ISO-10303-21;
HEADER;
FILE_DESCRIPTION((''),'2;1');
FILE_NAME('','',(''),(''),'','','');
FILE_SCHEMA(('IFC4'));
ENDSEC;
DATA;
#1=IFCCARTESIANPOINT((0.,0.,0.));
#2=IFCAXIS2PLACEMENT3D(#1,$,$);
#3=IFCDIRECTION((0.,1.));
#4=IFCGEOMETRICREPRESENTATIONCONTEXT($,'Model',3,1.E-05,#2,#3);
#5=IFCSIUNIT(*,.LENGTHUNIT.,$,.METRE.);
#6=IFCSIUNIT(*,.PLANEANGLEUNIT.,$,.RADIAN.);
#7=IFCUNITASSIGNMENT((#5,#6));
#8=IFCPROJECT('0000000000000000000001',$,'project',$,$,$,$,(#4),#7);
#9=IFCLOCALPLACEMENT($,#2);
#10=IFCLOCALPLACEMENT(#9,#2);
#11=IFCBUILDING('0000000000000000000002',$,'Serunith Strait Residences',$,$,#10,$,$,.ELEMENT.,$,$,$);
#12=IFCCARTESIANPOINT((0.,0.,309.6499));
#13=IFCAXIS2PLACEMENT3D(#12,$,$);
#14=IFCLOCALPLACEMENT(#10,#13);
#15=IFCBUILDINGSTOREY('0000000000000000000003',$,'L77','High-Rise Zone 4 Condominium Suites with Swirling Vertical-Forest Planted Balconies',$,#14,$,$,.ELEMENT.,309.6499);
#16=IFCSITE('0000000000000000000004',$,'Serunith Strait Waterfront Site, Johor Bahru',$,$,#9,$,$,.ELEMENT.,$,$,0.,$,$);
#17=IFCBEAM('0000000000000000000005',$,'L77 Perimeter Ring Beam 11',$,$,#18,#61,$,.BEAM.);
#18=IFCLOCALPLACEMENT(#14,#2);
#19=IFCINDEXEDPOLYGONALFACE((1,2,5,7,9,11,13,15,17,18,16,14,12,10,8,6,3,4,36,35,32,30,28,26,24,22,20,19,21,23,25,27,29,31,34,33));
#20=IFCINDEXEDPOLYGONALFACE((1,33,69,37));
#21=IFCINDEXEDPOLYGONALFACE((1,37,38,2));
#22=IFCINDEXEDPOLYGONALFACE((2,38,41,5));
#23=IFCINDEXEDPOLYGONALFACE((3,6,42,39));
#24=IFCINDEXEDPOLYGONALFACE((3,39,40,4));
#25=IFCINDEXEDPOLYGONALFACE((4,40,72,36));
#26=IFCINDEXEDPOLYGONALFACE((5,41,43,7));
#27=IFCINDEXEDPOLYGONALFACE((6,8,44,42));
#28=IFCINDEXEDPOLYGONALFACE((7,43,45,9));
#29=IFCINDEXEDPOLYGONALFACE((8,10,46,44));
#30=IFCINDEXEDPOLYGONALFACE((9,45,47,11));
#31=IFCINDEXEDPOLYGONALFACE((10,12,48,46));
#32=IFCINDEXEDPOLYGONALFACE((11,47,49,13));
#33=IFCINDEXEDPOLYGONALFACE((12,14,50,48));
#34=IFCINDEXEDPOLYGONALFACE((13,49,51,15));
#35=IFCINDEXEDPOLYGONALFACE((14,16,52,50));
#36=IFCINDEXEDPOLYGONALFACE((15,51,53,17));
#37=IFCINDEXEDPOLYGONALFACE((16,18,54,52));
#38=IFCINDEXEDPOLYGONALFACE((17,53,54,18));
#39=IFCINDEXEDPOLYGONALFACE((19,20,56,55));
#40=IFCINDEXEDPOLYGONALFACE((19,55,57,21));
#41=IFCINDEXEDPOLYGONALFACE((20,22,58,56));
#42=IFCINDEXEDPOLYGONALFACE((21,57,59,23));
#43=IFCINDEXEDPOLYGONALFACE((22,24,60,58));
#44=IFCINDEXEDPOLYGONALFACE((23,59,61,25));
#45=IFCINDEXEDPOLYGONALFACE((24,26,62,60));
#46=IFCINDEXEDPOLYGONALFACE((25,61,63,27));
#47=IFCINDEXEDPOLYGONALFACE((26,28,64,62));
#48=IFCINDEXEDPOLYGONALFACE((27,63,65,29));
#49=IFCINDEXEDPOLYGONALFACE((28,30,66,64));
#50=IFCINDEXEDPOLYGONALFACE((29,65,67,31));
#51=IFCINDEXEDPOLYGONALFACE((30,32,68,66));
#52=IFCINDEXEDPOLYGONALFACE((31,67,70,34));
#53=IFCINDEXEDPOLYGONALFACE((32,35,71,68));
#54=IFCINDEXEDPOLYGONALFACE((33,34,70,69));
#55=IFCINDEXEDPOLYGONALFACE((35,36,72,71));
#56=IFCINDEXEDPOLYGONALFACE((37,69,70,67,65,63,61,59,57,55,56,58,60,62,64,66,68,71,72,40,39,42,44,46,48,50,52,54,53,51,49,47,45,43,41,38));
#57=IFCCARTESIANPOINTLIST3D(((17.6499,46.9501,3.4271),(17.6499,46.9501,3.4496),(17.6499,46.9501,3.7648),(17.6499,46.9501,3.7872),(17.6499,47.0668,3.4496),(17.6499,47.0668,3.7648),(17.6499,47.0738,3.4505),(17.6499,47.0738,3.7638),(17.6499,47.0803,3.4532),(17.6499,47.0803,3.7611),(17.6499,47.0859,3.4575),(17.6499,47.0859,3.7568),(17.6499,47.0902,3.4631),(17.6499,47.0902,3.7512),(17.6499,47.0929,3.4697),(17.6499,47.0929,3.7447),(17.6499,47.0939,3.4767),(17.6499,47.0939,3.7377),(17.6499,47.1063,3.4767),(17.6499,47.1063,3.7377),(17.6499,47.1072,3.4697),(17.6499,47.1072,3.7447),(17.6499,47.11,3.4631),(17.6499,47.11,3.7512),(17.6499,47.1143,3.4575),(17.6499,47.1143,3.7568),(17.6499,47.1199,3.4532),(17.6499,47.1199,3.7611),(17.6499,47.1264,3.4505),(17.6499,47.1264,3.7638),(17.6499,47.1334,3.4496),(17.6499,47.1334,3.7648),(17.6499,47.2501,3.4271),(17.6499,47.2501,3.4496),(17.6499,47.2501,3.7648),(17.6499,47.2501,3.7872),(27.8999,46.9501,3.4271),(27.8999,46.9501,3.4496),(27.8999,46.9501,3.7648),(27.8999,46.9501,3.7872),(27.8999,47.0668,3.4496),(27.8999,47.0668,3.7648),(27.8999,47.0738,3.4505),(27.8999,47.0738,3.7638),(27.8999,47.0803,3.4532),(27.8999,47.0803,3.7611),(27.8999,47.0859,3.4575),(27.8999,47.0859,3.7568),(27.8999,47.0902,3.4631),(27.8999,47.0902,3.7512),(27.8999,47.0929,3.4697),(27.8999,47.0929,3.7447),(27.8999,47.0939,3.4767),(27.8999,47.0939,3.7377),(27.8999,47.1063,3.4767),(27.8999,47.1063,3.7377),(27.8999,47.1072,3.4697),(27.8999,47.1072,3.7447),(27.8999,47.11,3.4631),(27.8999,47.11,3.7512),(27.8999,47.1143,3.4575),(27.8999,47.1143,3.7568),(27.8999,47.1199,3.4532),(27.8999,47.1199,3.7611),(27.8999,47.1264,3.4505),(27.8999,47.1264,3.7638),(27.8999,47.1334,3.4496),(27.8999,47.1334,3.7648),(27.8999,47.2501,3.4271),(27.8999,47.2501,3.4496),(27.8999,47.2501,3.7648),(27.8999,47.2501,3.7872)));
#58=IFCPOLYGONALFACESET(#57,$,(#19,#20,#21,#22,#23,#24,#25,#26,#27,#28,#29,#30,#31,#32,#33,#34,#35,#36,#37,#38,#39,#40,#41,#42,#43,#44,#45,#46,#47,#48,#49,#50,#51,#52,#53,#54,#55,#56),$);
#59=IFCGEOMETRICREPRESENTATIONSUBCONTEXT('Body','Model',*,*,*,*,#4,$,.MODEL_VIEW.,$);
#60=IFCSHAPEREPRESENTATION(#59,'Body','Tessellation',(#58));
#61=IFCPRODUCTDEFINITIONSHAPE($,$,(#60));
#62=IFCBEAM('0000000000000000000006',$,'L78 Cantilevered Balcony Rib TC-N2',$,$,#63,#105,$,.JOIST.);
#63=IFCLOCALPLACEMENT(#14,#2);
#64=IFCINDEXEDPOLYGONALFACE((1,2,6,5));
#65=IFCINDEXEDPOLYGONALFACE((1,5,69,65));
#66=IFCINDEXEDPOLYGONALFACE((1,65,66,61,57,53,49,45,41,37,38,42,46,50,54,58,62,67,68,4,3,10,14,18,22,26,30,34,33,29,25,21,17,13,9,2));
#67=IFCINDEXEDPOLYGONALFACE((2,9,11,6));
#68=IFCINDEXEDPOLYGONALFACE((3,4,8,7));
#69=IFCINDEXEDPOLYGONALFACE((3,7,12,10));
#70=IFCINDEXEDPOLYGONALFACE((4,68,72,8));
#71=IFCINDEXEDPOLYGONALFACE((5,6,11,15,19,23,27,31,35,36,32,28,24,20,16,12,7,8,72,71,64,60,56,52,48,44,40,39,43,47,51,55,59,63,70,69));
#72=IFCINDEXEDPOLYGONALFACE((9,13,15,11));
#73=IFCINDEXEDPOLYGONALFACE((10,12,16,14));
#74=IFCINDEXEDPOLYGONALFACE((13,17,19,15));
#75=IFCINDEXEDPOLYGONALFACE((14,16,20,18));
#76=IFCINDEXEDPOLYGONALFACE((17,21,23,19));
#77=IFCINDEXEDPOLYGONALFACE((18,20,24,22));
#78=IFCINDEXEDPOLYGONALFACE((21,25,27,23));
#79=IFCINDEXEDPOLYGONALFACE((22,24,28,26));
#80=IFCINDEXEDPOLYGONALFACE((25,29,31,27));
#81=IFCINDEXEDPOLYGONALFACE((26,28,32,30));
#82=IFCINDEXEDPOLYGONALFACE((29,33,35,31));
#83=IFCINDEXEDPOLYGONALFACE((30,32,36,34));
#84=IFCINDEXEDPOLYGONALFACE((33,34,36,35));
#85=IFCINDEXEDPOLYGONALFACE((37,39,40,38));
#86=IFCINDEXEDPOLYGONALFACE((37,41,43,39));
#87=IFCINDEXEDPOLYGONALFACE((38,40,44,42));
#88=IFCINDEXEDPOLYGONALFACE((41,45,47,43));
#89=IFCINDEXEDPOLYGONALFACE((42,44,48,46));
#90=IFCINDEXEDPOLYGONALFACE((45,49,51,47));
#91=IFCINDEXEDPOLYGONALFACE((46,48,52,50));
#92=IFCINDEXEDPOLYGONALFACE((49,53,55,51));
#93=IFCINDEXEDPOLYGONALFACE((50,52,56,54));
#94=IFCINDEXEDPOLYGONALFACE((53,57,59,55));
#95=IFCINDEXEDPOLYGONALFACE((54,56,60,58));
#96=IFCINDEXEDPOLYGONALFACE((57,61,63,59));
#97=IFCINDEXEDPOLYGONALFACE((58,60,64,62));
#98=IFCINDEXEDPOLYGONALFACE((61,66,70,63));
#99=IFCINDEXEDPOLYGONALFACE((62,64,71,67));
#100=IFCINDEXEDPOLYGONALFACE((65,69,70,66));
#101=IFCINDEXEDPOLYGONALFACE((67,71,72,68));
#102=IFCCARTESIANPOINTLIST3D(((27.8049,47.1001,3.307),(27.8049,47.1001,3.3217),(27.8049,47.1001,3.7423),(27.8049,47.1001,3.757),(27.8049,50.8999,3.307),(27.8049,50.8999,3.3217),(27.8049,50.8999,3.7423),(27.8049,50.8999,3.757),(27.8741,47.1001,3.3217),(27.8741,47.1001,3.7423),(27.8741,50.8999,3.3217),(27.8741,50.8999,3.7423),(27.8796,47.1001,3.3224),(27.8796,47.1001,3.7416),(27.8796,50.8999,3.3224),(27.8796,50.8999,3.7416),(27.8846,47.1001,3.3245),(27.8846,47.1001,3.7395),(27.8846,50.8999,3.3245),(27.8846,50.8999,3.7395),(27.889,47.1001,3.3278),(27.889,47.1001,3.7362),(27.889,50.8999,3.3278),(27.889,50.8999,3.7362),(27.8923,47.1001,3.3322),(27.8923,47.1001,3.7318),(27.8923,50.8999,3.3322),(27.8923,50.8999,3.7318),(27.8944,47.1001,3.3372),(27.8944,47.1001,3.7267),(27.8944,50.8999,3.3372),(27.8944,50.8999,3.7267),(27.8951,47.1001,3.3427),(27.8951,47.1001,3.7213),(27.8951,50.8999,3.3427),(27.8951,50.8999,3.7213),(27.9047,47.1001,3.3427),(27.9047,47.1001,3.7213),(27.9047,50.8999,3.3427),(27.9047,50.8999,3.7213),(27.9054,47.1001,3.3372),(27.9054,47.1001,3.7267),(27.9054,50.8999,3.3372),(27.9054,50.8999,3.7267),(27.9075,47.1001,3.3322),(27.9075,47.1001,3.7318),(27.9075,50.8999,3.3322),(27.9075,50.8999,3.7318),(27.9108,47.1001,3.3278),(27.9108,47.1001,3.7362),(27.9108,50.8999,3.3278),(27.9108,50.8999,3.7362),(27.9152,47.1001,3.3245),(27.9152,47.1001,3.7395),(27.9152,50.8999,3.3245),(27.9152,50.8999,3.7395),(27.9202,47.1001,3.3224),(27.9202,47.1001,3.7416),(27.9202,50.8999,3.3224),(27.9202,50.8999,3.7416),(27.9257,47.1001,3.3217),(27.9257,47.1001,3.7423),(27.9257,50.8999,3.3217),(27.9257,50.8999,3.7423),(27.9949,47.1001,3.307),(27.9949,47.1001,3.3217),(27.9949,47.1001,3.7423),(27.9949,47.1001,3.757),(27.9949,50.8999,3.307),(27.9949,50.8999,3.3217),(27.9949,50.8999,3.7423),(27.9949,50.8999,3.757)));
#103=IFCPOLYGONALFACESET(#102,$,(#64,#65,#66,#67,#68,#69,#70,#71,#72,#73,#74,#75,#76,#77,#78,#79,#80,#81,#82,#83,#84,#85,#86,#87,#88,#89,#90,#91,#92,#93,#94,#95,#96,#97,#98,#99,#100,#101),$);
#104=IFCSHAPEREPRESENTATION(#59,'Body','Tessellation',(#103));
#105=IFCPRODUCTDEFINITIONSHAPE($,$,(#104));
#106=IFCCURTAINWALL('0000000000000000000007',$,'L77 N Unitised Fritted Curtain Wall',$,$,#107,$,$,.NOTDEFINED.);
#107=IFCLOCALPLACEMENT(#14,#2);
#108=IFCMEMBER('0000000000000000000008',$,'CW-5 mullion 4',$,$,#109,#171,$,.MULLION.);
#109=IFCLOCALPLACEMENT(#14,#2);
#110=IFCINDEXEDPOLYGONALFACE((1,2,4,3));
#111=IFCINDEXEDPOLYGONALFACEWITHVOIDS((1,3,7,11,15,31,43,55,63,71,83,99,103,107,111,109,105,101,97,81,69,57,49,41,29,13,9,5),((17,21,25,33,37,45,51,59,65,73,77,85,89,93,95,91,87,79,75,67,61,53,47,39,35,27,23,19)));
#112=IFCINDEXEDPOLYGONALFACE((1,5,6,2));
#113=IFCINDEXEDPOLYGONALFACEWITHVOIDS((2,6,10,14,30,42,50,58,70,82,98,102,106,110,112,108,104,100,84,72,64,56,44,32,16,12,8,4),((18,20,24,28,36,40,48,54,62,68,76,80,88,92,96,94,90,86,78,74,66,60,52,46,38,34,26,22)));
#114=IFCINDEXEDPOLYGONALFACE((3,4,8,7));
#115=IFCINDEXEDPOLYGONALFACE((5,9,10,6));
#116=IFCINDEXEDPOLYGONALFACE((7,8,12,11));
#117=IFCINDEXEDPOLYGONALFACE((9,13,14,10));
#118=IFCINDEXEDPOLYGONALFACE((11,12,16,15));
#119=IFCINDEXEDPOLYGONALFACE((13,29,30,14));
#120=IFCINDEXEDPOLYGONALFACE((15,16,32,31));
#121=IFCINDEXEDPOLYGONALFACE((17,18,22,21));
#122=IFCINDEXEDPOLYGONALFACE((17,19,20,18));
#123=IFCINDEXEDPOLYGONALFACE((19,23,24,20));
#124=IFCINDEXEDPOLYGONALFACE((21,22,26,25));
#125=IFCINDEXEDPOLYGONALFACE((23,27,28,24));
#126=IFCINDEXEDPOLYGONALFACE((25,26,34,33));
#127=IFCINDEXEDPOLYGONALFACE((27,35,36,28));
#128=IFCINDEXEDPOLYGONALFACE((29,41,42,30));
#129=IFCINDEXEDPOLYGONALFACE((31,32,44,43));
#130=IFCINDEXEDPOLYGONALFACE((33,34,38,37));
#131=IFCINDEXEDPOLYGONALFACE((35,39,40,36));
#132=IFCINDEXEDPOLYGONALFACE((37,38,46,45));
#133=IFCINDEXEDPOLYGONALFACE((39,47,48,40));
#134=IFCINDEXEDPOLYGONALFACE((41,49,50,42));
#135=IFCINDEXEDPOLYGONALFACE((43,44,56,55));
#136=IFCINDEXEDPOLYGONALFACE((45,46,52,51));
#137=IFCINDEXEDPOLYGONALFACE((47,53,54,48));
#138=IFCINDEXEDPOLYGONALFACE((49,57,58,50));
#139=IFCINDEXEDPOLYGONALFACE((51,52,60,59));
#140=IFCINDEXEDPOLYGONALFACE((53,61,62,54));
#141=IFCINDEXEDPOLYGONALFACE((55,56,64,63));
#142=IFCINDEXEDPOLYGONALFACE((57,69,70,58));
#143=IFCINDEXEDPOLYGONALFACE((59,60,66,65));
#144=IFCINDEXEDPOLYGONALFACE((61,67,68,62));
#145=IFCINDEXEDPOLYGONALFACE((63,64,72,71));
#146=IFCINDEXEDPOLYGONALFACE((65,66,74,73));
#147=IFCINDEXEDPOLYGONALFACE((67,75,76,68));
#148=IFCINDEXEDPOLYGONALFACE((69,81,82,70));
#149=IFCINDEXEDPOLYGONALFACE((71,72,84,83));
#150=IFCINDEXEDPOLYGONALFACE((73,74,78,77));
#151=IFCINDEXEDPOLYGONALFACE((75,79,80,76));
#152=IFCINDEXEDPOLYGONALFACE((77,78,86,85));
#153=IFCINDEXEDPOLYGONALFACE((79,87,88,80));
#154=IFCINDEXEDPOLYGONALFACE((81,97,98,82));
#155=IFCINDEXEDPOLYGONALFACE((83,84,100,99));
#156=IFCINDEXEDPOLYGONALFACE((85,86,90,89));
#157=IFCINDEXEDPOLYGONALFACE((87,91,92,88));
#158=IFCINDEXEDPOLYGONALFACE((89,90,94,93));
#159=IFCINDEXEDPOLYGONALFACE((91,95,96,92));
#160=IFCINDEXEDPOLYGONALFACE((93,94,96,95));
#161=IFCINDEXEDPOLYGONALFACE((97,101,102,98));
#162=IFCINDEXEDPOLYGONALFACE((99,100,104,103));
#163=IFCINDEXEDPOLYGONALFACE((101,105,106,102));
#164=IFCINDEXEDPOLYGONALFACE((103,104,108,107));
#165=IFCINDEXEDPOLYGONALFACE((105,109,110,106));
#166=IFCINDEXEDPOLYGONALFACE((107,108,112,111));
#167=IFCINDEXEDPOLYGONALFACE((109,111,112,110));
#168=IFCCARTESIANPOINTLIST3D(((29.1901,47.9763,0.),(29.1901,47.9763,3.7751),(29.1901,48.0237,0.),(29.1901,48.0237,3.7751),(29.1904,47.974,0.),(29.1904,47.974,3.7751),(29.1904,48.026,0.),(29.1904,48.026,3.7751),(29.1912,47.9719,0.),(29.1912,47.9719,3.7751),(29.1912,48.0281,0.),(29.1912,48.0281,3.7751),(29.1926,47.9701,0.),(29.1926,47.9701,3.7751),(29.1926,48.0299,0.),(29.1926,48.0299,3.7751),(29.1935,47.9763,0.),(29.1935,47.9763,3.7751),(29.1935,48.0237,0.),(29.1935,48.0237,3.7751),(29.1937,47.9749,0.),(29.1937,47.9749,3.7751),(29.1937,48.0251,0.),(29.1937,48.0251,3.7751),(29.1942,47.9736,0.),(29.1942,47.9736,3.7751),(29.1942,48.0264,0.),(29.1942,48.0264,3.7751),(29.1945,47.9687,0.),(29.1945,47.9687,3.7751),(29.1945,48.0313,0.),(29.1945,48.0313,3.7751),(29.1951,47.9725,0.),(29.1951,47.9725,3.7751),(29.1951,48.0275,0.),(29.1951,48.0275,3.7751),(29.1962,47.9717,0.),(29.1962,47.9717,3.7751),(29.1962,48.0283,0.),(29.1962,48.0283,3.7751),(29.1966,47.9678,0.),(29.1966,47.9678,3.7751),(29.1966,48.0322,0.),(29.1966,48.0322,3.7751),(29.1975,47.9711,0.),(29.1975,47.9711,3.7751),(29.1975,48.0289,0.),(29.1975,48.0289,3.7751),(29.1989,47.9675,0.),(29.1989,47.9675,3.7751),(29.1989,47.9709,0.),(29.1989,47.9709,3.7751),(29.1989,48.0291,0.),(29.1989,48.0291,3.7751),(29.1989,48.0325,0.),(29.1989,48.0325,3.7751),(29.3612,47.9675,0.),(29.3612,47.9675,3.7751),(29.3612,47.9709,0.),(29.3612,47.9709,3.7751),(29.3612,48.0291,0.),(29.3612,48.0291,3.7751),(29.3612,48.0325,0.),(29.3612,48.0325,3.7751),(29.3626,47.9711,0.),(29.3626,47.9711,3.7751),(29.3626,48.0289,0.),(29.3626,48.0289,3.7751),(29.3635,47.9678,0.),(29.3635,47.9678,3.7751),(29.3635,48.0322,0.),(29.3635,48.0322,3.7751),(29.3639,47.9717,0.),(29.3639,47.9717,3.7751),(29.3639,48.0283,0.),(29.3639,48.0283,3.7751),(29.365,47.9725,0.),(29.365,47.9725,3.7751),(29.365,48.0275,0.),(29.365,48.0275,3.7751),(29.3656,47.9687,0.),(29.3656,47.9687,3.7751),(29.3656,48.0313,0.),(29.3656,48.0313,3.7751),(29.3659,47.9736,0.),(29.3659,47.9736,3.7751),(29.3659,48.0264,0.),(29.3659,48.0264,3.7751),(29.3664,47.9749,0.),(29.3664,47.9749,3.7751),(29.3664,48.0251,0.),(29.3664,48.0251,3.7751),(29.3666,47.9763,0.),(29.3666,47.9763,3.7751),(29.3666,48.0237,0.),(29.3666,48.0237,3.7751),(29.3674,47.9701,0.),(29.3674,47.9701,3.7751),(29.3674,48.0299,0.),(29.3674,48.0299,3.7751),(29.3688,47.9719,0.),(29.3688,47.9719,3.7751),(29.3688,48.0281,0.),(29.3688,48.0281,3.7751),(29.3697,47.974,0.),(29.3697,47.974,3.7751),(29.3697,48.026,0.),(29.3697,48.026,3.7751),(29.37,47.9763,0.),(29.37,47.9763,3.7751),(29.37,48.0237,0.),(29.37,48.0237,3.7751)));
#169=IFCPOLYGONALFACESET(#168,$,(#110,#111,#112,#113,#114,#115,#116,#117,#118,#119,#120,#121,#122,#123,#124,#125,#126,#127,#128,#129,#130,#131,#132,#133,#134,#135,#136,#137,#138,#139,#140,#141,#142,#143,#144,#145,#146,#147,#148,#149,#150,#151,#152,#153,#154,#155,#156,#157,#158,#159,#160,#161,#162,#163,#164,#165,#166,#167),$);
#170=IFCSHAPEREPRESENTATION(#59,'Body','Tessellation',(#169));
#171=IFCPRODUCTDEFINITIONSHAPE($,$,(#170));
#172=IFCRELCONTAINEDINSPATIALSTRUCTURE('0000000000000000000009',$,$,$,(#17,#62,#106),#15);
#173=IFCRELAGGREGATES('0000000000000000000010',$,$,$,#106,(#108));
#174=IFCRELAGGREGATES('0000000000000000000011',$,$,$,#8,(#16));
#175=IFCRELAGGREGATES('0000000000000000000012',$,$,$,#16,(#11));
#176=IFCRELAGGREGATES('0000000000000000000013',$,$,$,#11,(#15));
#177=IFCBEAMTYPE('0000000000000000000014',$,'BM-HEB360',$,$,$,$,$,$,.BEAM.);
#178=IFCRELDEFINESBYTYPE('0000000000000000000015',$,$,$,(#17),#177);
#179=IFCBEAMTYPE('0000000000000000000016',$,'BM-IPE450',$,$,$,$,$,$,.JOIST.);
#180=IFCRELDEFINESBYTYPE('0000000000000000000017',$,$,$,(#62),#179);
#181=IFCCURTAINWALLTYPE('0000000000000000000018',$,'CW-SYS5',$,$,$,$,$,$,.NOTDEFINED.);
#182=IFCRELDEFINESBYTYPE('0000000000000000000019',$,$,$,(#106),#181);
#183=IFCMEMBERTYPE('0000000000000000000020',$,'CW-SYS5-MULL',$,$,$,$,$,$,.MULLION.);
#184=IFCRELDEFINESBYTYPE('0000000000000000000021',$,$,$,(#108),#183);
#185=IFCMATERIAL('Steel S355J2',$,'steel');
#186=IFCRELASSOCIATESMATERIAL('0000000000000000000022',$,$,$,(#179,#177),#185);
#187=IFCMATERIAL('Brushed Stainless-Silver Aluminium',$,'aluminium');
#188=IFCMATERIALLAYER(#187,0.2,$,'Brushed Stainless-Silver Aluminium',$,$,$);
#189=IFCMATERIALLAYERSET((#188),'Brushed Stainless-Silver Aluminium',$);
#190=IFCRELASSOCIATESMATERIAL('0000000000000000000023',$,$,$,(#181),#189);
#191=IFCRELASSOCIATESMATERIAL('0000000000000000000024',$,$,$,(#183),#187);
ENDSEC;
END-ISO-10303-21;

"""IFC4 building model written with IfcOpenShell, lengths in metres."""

from ifc_helpers import new_model, si_unit, direction, frame, origin, origin_2d, place, context, subcontext, project, spatial, hollow_rectangle, i_section, extrude, source, transform, mapped, material, layer, layer_set, material_profile, profile_set, type_object, element, aggregate, save


model = new_model("IFC4")

# Units and contexts
model_context = context("Model", 3, precision=1e-05, world=origin(), true_north=direction((0.0, 1.0)))
body_context = subcontext(model_context, "Body", "Model", "MODEL_VIEW")
ifc_project = project(units=[si_unit("LENGTHUNIT", "METRE"), si_unit("PLANEANGLEUNIT", "RADIAN")], contexts=[model_context])

# Site, building, storey
site_placement = place(None, origin())
site = spatial("IfcSite", under=ifc_project, at=site_placement, Name="Serunith Strait Waterfront Site, Johor Bahru", CompositionType="ELEMENT", RefElevation=0.0)
building_placement = place(site_placement, origin())
building = spatial("IfcBuilding", under=site, at=building_placement, Name="Serunith Strait Residences", CompositionType="ELEMENT")
storey_placement = place(building_placement, frame((0.0, 0.0, 309.6499)))
storey = spatial("IfcBuildingStorey", under=building, at=storey_placement, Name="L77", Description="High-Rise Zone 4 Condominium Suites with Swirling Vertical-Forest Planted Balconies", CompositionType="ELEMENT", Elevation=309.6499)

# Beams
ifc_material_1 = material(Name="Steel S355J2", Category="steel")
ifc_material_profile_1 = material_profile(ifc_material_1, i_section(OverallWidth=0.1899, OverallDepth=0.45, WebThickness=0.0095, FlangeThickness=0.0146, FilletRadius=0.021, at=origin_2d()), Name="IPE 450")
ifc_profile_set_1 = profile_set([ifc_material_profile_1], Name="Steel S355J2")
beam_type_1 = type_object("IfcBeamType", Name="BM-IPE450", PredefinedType="JOIST", material=ifc_profile_set_1)
ifc_material_profile_2 = material_profile(ifc_material_1, i_section(OverallWidth=0.3, OverallDepth=0.3601, WebThickness=0.0125, FlangeThickness=0.0225, FilletRadius=0.0271, at=origin_2d()), Name="HEB 360")
ifc_profile_set_2 = profile_set([ifc_material_profile_2], Name="Steel S355J2")
beam_type_2 = type_object("IfcBeamType", Name="BM-HEB360", PredefinedType="BEAM", material=ifc_profile_set_2)
shared_shape_1 = source(origin(), body_context, "Body", "SweptSolid", [
    extrude(i_section(OverallWidth=0.3, OverallDepth=0.3601, WebThickness=0.0125, FlangeThickness=0.0225, FilletRadius=0.0271, at=origin_2d()), origin(), (0.0, 0.0, 1.0), 10.25),
])
beam_1_placement = place(storey_placement, frame((27.8999, 47.1001, 3.6072), z_axis=(-1.0, 0.0, 0.0), x_axis=(0.0, -1.0, 0.0)))
element("IfcBeam", 1, at=beam_1_placement, inside=storey, type_object=beam_type_2, Name="L77 Perimeter Ring Beam 11", PredefinedType="BEAM", context=body_context, shape_type="MappedRepresentation", body=[
    mapped(shared_shape_1, transform((0.0, 0.0, 0.0), scale=1.0)),
])
shared_shape_2 = source(origin(), body_context, "Body", "SweptSolid", [
    extrude(i_section(OverallWidth=0.1899, OverallDepth=0.45, WebThickness=0.0095, FlangeThickness=0.0146, FilletRadius=0.021, at=origin_2d()), origin(), (0.0, 0.0, 1.0), 3.7998),
])
beam_2_placement = place(storey_placement, frame((27.8999, 47.1001, 3.532), z_axis=(0.0, 1.0, 0.0), x_axis=(-1.0, 0.0, 0.0)))
element("IfcBeam", 2, at=beam_2_placement, inside=storey, type_object=beam_type_1, Name="L78 Cantilevered Balcony Rib TC-N2", PredefinedType="JOIST", context=body_context, shape_type="MappedRepresentation", body=[
    mapped(shared_shape_2, transform((0.0, 0.0, 0.0), scale=1.0)),
])

# Curtain wall, member
ifc_material_2 = material(Name="Brushed Stainless-Silver Aluminium", Category="aluminium")
ifc_layer_1 = layer(ifc_material_2, 0.2, Name="Brushed Stainless-Silver Aluminium")
ifc_layer_set_1 = layer_set([ifc_layer_1], Name="Brushed Stainless-Silver Aluminium")
curtain_wall_type = type_object("IfcCurtainWallType", Name="CW-SYS5", PredefinedType="NOTDEFINED", material=ifc_layer_set_1)
curtain_wall_placement = place(storey_placement, origin())
curtain_wall = element("IfcCurtainWall", 3, at=curtain_wall_placement, inside=storey, type_object=curtain_wall_type, Name="L77 N Unitised Fritted Curtain Wall", PredefinedType="NOTDEFINED")
ifc_material_profile_3 = material_profile(ifc_material_2, hollow_rectangle(XDim=0.0649, YDim=0.1799, WallThickness=0.0034, InnerFilletRadius=0.0054, OuterFilletRadius=0.0088, at=origin_2d()), Name="ALU 180x65x3.5")
ifc_profile_set_3 = profile_set([ifc_material_profile_3], Name="Brushed Stainless-Silver Aluminium")
member_type_1 = type_object("IfcMemberType", Name="CW-SYS5-MULL", PredefinedType="MULLION", material=ifc_profile_set_3)
shared_shape_3 = source(origin(), body_context, "Body", "SweptSolid", [
    extrude(hollow_rectangle(XDim=0.0649, YDim=0.1799, WallThickness=0.0034, InnerFilletRadius=0.0054, OuterFilletRadius=0.0088, at=origin_2d()), origin(), (0.0, 0.0, 1.0), 3.7751),
])
member_1_placement = place(storey_placement, frame((29.28, 48.0, 0.0), z_axis=(0.0, 0.0, 1.0), x_axis=(0.0, -1.0, 0.0)))
member_1 = element("IfcMember", 4, at=member_1_placement, type_object=member_type_1, Name="CW-5 mullion 4", PredefinedType="MULLION", context=body_context, shape_type="MappedRepresentation", body=[
    mapped(shared_shape_3, transform((0.0, 0.0, 0.0), scale=1.0)),
])
aggregate(curtain_wall, [member_1])

save(model, "model.ifc")
